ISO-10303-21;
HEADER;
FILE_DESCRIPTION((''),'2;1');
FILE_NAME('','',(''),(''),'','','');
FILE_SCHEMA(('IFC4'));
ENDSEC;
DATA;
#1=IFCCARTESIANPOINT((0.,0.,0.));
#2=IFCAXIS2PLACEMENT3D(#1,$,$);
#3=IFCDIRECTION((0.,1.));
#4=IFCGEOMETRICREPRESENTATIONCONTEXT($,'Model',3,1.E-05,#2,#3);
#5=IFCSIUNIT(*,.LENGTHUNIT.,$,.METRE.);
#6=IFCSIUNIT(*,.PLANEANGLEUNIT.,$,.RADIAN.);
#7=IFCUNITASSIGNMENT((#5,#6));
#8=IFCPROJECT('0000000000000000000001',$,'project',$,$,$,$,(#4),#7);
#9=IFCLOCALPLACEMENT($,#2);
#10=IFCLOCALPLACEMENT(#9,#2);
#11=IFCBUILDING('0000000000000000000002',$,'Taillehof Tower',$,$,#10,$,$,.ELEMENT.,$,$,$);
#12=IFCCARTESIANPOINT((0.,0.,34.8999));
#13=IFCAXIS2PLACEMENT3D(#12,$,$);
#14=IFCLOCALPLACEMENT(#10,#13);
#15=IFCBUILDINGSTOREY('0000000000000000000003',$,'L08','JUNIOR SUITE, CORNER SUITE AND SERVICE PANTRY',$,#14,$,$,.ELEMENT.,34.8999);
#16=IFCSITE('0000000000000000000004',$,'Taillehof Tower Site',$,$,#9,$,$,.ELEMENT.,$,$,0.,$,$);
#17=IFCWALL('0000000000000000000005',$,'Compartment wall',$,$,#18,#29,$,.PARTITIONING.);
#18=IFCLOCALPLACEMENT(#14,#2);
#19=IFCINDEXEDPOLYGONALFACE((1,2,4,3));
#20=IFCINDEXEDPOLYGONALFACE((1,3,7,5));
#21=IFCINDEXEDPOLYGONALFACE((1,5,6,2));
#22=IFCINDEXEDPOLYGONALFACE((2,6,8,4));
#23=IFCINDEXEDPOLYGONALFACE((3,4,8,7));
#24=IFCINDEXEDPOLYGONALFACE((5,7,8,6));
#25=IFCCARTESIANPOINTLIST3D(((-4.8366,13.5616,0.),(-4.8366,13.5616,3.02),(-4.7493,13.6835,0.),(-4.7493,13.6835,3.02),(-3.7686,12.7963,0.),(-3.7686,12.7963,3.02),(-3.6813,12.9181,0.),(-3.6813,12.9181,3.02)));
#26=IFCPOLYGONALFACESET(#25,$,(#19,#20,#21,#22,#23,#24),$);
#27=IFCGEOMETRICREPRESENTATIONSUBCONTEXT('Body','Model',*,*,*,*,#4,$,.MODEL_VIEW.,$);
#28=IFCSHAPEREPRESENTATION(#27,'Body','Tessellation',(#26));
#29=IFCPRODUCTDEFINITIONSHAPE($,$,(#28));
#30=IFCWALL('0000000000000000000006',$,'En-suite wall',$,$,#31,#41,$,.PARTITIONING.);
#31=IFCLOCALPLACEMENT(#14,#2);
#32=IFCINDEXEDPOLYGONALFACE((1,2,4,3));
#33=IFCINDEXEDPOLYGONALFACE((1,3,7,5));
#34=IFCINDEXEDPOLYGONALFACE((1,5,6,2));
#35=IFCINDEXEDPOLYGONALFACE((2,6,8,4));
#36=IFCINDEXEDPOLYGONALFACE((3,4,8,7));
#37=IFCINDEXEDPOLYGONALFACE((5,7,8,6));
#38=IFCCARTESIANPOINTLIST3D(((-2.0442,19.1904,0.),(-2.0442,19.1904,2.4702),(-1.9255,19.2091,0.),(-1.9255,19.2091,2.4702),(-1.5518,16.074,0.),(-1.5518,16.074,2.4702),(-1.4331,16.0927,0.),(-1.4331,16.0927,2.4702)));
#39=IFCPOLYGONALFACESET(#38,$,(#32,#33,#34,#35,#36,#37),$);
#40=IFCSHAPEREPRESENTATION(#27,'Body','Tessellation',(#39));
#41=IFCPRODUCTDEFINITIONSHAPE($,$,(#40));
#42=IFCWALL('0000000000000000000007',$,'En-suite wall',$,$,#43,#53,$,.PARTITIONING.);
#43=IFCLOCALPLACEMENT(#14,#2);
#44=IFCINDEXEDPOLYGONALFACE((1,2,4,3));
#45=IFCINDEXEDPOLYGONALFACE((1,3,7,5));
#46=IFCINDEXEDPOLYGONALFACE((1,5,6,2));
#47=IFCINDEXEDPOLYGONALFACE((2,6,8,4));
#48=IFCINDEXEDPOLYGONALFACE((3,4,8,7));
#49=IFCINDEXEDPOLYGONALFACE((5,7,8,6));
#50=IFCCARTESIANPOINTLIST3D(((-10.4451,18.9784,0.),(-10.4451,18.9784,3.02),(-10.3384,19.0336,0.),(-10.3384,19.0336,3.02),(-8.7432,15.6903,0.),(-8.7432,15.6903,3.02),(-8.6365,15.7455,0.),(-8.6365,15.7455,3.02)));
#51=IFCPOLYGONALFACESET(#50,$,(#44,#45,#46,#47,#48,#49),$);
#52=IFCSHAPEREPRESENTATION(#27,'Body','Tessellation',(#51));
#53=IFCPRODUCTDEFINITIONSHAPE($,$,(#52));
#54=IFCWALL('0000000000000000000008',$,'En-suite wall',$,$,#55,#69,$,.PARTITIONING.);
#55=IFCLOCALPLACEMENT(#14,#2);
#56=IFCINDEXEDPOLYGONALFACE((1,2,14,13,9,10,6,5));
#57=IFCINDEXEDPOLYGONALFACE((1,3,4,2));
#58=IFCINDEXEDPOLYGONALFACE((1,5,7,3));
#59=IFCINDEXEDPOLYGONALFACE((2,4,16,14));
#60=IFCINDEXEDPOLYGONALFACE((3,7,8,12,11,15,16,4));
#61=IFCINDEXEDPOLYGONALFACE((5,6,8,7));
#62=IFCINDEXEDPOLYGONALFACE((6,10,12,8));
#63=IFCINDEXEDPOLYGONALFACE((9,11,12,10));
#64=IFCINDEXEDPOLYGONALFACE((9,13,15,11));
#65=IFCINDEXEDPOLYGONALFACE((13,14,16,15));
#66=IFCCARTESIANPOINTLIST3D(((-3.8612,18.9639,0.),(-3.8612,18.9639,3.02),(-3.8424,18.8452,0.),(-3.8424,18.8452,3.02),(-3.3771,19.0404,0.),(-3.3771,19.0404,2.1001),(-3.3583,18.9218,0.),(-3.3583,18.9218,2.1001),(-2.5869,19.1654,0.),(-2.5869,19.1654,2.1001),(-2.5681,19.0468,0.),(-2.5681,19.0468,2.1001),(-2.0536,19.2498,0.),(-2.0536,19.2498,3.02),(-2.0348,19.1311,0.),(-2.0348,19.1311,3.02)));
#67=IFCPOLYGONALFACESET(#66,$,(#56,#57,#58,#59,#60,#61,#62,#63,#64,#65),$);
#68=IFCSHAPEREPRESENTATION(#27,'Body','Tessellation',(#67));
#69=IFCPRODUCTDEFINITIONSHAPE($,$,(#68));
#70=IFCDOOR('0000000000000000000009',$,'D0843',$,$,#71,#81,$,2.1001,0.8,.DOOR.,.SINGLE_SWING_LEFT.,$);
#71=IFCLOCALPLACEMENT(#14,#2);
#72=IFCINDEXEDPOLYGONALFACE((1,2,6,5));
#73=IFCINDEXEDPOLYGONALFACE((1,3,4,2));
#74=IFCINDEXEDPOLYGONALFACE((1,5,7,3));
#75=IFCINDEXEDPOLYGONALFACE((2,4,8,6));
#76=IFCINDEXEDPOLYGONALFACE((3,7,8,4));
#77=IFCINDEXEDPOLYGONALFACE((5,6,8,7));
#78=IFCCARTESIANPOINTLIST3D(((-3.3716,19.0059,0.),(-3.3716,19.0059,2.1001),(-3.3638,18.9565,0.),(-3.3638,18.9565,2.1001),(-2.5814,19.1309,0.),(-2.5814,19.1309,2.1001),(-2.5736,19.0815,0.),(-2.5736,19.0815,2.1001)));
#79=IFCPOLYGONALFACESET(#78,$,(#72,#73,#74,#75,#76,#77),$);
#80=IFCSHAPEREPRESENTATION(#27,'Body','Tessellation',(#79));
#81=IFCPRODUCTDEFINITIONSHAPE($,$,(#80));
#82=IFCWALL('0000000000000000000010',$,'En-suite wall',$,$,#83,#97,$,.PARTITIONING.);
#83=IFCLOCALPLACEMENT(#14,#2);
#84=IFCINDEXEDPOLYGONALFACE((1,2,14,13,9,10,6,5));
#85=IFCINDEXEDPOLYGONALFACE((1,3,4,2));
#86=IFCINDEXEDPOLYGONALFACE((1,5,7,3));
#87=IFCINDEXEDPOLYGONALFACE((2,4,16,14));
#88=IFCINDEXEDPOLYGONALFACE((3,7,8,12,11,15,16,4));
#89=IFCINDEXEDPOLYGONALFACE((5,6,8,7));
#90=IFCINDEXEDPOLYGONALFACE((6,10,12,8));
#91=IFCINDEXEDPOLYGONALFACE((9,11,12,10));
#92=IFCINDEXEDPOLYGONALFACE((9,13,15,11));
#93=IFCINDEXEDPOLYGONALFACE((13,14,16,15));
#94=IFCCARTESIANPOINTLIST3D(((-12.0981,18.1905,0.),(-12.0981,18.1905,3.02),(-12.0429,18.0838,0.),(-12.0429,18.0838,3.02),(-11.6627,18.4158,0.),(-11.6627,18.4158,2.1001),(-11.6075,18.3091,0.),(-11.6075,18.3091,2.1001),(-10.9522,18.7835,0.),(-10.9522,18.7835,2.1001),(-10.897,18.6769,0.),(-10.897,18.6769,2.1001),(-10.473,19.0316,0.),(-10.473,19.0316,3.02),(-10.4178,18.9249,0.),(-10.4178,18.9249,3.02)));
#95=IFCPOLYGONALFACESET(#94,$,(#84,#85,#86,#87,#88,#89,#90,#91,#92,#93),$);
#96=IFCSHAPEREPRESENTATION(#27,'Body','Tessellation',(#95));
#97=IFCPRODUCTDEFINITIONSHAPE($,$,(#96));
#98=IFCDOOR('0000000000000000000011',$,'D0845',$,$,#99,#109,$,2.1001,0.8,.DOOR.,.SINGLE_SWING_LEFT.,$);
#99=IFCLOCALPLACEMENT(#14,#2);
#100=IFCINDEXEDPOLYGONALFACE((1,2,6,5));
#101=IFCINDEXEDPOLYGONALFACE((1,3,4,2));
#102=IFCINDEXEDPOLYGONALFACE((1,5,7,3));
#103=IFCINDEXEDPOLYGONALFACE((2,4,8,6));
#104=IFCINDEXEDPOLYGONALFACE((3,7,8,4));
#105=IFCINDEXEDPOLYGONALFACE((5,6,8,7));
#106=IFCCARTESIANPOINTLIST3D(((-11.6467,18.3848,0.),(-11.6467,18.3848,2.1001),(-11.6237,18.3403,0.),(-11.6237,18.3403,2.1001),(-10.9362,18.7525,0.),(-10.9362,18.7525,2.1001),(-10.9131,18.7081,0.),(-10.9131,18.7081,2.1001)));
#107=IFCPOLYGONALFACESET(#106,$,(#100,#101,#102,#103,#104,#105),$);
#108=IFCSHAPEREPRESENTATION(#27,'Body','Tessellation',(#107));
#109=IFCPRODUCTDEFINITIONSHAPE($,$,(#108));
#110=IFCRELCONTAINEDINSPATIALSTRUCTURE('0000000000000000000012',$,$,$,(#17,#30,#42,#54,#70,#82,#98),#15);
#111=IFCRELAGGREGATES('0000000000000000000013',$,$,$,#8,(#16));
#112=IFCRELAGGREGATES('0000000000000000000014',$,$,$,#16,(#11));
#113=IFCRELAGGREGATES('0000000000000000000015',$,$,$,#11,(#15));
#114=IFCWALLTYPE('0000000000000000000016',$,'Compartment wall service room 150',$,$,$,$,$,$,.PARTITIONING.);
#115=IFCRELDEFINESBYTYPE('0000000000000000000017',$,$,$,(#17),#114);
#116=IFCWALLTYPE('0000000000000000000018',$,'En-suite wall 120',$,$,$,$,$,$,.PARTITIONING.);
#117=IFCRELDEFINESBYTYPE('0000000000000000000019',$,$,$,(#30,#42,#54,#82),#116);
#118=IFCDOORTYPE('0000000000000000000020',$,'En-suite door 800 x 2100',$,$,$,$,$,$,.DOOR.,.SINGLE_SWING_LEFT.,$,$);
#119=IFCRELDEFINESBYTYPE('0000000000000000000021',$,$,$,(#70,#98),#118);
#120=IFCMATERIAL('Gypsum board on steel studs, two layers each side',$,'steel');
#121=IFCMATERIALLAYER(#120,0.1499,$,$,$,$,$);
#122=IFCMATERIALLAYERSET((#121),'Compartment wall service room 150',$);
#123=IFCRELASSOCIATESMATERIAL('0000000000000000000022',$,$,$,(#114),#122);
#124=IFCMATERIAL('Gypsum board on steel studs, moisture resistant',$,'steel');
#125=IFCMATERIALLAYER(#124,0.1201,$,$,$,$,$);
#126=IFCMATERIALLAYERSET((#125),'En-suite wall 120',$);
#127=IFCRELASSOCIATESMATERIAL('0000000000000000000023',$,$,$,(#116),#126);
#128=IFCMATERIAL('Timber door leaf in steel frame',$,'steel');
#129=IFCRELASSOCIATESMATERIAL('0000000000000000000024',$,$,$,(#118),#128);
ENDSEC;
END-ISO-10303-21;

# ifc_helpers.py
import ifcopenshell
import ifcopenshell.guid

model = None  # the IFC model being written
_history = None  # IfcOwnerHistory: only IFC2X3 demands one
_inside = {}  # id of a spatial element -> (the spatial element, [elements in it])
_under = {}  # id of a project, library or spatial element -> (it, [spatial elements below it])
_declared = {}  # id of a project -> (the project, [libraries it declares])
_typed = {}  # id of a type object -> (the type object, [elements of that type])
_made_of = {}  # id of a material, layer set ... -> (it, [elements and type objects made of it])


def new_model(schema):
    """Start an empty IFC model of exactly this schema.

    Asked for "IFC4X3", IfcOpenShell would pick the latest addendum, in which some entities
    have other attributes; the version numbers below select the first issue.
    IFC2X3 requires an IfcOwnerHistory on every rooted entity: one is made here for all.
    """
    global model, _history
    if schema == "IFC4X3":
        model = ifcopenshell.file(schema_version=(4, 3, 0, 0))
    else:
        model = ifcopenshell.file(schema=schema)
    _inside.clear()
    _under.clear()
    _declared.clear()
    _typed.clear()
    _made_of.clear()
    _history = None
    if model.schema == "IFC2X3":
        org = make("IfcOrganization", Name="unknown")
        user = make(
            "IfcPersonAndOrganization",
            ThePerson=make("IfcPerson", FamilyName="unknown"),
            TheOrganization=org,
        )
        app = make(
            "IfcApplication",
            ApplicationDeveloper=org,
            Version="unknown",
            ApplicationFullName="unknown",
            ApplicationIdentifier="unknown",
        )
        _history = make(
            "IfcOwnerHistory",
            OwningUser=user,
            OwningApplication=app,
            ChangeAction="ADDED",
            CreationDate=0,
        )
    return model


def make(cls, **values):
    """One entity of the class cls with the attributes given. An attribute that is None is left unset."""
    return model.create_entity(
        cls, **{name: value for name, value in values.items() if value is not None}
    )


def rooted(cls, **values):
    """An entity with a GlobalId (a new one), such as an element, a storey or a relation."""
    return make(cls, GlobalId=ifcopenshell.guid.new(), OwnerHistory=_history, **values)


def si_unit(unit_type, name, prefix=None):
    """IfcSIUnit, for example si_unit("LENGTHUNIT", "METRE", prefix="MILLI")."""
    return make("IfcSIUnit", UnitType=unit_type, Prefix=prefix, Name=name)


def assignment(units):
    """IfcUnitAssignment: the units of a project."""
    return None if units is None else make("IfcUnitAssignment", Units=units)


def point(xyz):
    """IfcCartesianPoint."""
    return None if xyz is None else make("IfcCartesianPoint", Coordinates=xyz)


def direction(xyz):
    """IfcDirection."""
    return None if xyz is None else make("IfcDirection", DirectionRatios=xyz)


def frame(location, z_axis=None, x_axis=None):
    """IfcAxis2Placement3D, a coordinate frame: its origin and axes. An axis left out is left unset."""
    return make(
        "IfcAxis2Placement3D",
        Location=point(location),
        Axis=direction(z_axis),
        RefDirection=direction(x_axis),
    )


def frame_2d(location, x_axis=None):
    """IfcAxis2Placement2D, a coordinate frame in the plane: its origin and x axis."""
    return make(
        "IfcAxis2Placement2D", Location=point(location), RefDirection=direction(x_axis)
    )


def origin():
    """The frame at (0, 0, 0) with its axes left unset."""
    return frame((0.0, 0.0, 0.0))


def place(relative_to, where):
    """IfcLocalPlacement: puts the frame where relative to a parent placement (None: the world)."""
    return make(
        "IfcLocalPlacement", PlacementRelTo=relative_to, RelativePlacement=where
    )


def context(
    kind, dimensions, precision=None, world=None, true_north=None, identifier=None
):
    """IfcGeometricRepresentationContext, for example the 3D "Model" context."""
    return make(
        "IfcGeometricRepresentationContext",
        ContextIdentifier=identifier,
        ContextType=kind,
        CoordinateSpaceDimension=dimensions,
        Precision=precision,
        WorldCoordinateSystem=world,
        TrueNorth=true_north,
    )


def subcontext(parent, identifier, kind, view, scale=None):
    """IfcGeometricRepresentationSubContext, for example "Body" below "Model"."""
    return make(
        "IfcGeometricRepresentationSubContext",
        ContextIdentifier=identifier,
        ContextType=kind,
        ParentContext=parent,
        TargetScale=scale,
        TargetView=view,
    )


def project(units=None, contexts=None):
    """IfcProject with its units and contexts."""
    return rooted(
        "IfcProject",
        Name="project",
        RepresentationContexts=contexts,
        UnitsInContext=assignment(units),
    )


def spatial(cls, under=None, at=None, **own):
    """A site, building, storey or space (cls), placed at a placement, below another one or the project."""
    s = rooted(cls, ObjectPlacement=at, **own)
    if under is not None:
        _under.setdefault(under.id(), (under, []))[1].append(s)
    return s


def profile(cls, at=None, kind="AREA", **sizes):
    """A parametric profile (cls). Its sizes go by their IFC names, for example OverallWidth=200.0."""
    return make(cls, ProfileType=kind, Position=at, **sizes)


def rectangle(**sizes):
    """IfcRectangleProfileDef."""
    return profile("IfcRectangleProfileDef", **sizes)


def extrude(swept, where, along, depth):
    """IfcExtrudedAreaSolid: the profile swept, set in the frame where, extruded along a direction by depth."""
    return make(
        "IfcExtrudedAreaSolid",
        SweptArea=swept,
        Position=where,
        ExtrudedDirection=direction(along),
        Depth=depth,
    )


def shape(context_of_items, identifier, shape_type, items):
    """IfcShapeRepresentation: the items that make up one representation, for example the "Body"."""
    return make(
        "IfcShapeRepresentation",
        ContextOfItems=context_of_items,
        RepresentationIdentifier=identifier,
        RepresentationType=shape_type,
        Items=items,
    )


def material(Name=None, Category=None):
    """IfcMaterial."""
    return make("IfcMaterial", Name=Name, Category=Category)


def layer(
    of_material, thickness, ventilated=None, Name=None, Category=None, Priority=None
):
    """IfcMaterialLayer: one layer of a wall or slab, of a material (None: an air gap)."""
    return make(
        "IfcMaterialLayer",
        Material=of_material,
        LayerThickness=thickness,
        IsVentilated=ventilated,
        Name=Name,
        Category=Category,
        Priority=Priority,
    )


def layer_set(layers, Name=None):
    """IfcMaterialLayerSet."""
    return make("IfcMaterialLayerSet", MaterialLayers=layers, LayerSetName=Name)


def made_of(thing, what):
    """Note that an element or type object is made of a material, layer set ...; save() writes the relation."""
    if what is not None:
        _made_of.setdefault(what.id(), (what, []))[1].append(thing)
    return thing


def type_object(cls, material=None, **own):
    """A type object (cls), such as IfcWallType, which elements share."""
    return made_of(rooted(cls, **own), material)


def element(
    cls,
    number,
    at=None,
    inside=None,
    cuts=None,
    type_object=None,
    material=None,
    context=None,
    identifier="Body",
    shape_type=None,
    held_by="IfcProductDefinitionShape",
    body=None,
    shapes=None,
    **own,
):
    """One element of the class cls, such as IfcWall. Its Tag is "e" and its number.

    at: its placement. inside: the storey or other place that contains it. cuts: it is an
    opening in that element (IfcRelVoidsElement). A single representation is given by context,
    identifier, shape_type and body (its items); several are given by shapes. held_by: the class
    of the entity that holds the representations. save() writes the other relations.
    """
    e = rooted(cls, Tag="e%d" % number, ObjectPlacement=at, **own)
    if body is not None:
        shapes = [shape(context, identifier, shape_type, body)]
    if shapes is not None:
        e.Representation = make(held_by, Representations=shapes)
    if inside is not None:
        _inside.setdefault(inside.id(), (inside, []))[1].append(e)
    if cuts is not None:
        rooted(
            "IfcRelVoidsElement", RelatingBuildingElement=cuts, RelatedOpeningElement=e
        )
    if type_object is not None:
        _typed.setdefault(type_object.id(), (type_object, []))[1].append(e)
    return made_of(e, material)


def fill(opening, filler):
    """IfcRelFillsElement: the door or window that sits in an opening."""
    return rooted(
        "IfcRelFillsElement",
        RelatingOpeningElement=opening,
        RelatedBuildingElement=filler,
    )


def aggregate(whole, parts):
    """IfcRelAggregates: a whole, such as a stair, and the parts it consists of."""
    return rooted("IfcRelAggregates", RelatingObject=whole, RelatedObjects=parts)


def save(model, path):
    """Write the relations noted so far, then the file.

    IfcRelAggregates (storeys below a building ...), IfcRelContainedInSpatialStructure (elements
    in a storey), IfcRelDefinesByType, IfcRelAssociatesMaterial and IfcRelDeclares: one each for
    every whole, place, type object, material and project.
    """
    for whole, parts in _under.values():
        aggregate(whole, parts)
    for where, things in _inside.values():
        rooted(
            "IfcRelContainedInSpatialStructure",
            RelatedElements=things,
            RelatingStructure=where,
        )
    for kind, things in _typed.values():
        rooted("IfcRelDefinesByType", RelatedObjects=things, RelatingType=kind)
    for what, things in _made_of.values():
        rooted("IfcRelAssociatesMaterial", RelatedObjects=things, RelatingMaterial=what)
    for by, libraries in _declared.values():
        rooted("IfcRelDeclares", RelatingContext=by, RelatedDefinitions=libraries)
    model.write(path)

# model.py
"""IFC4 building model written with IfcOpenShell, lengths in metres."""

from ifc_helpers import new_model, si_unit, direction, frame, frame_2d, origin, place, context, subcontext, project, spatial, rectangle, extrude, material, layer, layer_set, type_object, element, fill, save


model = new_model("IFC4")

# Units and contexts
model_context = context("Model", 3, precision=1e-05, world=origin(), true_north=direction((0.0, 1.0)))
body_context = subcontext(model_context, "Body", "Model", "MODEL_VIEW")
ifc_project = project(units=[si_unit("LENGTHUNIT", "METRE"), si_unit("PLANEANGLEUNIT", "RADIAN")], contexts=[model_context])

# Site, building, storey
site_placement = place(None, origin())
site = spatial("IfcSite", under=ifc_project, at=site_placement, Name="Taillehof Tower Site", CompositionType="ELEMENT", RefElevation=0.0)
building_placement = place(site_placement, origin())
building = spatial("IfcBuilding", under=site, at=building_placement, Name="Taillehof Tower", CompositionType="ELEMENT")
storey_placement = place(building_placement, frame((0.0, 0.0, 34.8999)))
storey = spatial("IfcBuildingStorey", under=building, at=storey_placement, Name="L08", Description="JUNIOR SUITE, CORNER SUITE AND SERVICE PANTRY", CompositionType="ELEMENT", Elevation=34.8999)

# Walls
ifc_material_1 = material(Name="Gypsum board on steel studs, two layers each side", Category="steel")
ifc_layer_1 = layer(ifc_material_1, 0.1499)
ifc_layer_set_1 = layer_set([ifc_layer_1], Name="Compartment wall service room 150")
wall_type_1 = type_object("IfcWallType", Name="Compartment wall service room 150", PredefinedType="PARTITIONING", material=ifc_layer_set_1)
wall_1_placement = place(storey_placement, frame((-4.793, 13.6226, 0.0), z_axis=(0.0, 0.0, 1.0), x_axis=(0.812854, -0.582468, 0.0)))
element("IfcWall", 1, at=wall_1_placement, inside=storey, type_object=wall_type_1, Name="Compartment wall", PredefinedType="PARTITIONING", context=body_context, shape_type="SweptSolid", body=[
    extrude(rectangle(XDim=1.314, YDim=0.1499, at=frame_2d((0.657, 0.0))), origin(), (0.0, 0.0, 1.0), 3.02),
])
ifc_material_2 = material(Name="Gypsum board on steel studs, moisture resistant", Category="steel")
ifc_layer_2 = layer(ifc_material_2, 0.1201)
ifc_layer_set_2 = layer_set([ifc_layer_2], Name="En-suite wall 120")
wall_type_2 = type_object("IfcWallType", Name="En-suite wall 120", PredefinedType="PARTITIONING", material=ifc_layer_set_2)
wall_2_placement = place(storey_placement, frame((-1.4924, 16.0833, 0.0), z_axis=(0.0, 0.0, 1.0), x_axis=(-0.156074, 0.987745, 0.0)))
element("IfcWall", 2, at=wall_2_placement, inside=storey, type_object=wall_type_2, Name="En-suite wall", PredefinedType="PARTITIONING", context=body_context, shape_type="SweptSolid", body=[
    extrude(rectangle(XDim=3.155, YDim=0.1201, at=frame_2d((1.5776, 0.0))), origin(), (0.0, 0.0, 1.0), 2.4702),
])
wall_3_placement = place(storey_placement, frame((-8.6899, 15.718, 0.0), z_axis=(0.0, 0.0, 1.0), x_axis=(-0.459672, 0.888089, 0.0)))
element("IfcWall", 3, at=wall_3_placement, inside=storey, type_object=wall_type_2, Name="En-suite wall", PredefinedType="PARTITIONING", context=body_context, shape_type="SweptSolid", body=[
    extrude(rectangle(XDim=3.7024, YDim=0.1201, at=frame_2d((1.8511, 0.0))), origin(), (0.0, 0.0, 1.0), 3.02),
])

# Walls, openings, doors
wall_4_placement = place(storey_placement, frame((-2.0442, 19.1904, 0.0), z_axis=(0.0, 0.0, 1.0), x_axis=(-0.987723, -0.156216, 0.0)))
wall_4 = element("IfcWall", 4, at=wall_4_placement, inside=storey, type_object=wall_type_2, Name="En-suite wall", PredefinedType="PARTITIONING", context=body_context, shape_type="SweptSolid", body=[
    extrude(rectangle(XDim=1.8301, YDim=0.1201, at=frame_2d((0.915, 0.0))), origin(), (0.0, 0.0, 1.0), 3.02),
])
opening_1_placement = place(wall_4_placement, frame((0.54, 0.0, 0.0)))
opening_1 = element("IfcOpeningElement", 5, at=opening_1_placement, cuts=wall_4, PredefinedType="OPENING", context=body_context, shape_type="SweptSolid", body=[
    extrude(rectangle(XDim=0.8, YDim=2.1001, at=frame_2d((0.3999, 1.05))), frame((0.0, 0.0701, 0.0), z_axis=(0.0, -1.0, 0.0), x_axis=(1.0, 0.0, 0.0)), (0.0, 0.0, 1.0), 0.1401),
])
ifc_material_3 = material(Name="Timber door leaf in steel frame", Category="steel")
door_type_1 = type_object("IfcDoorType", Name="En-suite door 800 x 2100", OperationType="SINGLE_SWING_LEFT", PredefinedType="DOOR", material=ifc_material_3)
door_1_placement = place(opening_1_placement, origin())
door_1 = element("IfcDoor", 6, at=door_1_placement, inside=storey, type_object=door_type_1, Name="D0843", OperationType="SINGLE_SWING_LEFT", OverallHeight=2.1001, OverallWidth=0.8, PredefinedType="DOOR", context=body_context, shape_type="SweptSolid", body=[
    extrude(rectangle(XDim=0.8, YDim=2.1001, at=frame_2d((0.3999, 1.05))), frame((0.0, 0.0249, 0.0), z_axis=(0.0, -1.0, 0.0), x_axis=(1.0, 0.0, 0.0)), (0.0, 0.0, 1.0), 0.05),
])
fill(opening_1, door_1)
wall_5_placement = place(storey_placement, frame((-10.4453, 18.9783, 0.0), z_axis=(0.0, 0.0, 1.0), x_axis=(-0.888096, -0.459659, 0.0)))
wall_5 = element("IfcWall", 7, at=wall_5_placement, inside=storey, type_object=wall_type_2, Name="En-suite wall", PredefinedType="PARTITIONING", context=body_context, shape_type="SweptSolid", body=[
    extrude(rectangle(XDim=1.8298, YDim=0.1201, at=frame_2d((0.915, 0.0))), origin(), (0.0, 0.0, 1.0), 3.02),
])
opening_2_placement = place(wall_5_placement, frame((0.5398, 0.0, 0.0)))
opening_2 = element("IfcOpeningElement", 8, at=opening_2_placement, cuts=wall_5, PredefinedType="OPENING", context=body_context, shape_type="SweptSolid", body=[
    extrude(rectangle(XDim=0.8, YDim=2.1001, at=frame_2d((0.3999, 1.05))), frame((0.0, 0.0701, 0.0), z_axis=(0.0, -1.0, 0.0), x_axis=(1.0, 0.0, 0.0)), (0.0, 0.0, 1.0), 0.1401),
])
door_2_placement = place(opening_2_placement, origin())
door_2 = element("IfcDoor", 9, at=door_2_placement, inside=storey, type_object=door_type_1, Name="D0845", OperationType="SINGLE_SWING_LEFT", OverallHeight=2.1001, OverallWidth=0.8, PredefinedType="DOOR", context=body_context, shape_type="SweptSolid", body=[
    extrude(rectangle(XDim=0.8, YDim=2.1001, at=frame_2d((0.3999, 1.05))), frame((0.0, 0.0249, 0.0), z_axis=(0.0, -1.0, 0.0), x_axis=(1.0, 0.0, 0.0)), (0.0, 0.0, 1.0), 0.05),
])
fill(opening_2, door_2)

save(model, "model.ifc")
